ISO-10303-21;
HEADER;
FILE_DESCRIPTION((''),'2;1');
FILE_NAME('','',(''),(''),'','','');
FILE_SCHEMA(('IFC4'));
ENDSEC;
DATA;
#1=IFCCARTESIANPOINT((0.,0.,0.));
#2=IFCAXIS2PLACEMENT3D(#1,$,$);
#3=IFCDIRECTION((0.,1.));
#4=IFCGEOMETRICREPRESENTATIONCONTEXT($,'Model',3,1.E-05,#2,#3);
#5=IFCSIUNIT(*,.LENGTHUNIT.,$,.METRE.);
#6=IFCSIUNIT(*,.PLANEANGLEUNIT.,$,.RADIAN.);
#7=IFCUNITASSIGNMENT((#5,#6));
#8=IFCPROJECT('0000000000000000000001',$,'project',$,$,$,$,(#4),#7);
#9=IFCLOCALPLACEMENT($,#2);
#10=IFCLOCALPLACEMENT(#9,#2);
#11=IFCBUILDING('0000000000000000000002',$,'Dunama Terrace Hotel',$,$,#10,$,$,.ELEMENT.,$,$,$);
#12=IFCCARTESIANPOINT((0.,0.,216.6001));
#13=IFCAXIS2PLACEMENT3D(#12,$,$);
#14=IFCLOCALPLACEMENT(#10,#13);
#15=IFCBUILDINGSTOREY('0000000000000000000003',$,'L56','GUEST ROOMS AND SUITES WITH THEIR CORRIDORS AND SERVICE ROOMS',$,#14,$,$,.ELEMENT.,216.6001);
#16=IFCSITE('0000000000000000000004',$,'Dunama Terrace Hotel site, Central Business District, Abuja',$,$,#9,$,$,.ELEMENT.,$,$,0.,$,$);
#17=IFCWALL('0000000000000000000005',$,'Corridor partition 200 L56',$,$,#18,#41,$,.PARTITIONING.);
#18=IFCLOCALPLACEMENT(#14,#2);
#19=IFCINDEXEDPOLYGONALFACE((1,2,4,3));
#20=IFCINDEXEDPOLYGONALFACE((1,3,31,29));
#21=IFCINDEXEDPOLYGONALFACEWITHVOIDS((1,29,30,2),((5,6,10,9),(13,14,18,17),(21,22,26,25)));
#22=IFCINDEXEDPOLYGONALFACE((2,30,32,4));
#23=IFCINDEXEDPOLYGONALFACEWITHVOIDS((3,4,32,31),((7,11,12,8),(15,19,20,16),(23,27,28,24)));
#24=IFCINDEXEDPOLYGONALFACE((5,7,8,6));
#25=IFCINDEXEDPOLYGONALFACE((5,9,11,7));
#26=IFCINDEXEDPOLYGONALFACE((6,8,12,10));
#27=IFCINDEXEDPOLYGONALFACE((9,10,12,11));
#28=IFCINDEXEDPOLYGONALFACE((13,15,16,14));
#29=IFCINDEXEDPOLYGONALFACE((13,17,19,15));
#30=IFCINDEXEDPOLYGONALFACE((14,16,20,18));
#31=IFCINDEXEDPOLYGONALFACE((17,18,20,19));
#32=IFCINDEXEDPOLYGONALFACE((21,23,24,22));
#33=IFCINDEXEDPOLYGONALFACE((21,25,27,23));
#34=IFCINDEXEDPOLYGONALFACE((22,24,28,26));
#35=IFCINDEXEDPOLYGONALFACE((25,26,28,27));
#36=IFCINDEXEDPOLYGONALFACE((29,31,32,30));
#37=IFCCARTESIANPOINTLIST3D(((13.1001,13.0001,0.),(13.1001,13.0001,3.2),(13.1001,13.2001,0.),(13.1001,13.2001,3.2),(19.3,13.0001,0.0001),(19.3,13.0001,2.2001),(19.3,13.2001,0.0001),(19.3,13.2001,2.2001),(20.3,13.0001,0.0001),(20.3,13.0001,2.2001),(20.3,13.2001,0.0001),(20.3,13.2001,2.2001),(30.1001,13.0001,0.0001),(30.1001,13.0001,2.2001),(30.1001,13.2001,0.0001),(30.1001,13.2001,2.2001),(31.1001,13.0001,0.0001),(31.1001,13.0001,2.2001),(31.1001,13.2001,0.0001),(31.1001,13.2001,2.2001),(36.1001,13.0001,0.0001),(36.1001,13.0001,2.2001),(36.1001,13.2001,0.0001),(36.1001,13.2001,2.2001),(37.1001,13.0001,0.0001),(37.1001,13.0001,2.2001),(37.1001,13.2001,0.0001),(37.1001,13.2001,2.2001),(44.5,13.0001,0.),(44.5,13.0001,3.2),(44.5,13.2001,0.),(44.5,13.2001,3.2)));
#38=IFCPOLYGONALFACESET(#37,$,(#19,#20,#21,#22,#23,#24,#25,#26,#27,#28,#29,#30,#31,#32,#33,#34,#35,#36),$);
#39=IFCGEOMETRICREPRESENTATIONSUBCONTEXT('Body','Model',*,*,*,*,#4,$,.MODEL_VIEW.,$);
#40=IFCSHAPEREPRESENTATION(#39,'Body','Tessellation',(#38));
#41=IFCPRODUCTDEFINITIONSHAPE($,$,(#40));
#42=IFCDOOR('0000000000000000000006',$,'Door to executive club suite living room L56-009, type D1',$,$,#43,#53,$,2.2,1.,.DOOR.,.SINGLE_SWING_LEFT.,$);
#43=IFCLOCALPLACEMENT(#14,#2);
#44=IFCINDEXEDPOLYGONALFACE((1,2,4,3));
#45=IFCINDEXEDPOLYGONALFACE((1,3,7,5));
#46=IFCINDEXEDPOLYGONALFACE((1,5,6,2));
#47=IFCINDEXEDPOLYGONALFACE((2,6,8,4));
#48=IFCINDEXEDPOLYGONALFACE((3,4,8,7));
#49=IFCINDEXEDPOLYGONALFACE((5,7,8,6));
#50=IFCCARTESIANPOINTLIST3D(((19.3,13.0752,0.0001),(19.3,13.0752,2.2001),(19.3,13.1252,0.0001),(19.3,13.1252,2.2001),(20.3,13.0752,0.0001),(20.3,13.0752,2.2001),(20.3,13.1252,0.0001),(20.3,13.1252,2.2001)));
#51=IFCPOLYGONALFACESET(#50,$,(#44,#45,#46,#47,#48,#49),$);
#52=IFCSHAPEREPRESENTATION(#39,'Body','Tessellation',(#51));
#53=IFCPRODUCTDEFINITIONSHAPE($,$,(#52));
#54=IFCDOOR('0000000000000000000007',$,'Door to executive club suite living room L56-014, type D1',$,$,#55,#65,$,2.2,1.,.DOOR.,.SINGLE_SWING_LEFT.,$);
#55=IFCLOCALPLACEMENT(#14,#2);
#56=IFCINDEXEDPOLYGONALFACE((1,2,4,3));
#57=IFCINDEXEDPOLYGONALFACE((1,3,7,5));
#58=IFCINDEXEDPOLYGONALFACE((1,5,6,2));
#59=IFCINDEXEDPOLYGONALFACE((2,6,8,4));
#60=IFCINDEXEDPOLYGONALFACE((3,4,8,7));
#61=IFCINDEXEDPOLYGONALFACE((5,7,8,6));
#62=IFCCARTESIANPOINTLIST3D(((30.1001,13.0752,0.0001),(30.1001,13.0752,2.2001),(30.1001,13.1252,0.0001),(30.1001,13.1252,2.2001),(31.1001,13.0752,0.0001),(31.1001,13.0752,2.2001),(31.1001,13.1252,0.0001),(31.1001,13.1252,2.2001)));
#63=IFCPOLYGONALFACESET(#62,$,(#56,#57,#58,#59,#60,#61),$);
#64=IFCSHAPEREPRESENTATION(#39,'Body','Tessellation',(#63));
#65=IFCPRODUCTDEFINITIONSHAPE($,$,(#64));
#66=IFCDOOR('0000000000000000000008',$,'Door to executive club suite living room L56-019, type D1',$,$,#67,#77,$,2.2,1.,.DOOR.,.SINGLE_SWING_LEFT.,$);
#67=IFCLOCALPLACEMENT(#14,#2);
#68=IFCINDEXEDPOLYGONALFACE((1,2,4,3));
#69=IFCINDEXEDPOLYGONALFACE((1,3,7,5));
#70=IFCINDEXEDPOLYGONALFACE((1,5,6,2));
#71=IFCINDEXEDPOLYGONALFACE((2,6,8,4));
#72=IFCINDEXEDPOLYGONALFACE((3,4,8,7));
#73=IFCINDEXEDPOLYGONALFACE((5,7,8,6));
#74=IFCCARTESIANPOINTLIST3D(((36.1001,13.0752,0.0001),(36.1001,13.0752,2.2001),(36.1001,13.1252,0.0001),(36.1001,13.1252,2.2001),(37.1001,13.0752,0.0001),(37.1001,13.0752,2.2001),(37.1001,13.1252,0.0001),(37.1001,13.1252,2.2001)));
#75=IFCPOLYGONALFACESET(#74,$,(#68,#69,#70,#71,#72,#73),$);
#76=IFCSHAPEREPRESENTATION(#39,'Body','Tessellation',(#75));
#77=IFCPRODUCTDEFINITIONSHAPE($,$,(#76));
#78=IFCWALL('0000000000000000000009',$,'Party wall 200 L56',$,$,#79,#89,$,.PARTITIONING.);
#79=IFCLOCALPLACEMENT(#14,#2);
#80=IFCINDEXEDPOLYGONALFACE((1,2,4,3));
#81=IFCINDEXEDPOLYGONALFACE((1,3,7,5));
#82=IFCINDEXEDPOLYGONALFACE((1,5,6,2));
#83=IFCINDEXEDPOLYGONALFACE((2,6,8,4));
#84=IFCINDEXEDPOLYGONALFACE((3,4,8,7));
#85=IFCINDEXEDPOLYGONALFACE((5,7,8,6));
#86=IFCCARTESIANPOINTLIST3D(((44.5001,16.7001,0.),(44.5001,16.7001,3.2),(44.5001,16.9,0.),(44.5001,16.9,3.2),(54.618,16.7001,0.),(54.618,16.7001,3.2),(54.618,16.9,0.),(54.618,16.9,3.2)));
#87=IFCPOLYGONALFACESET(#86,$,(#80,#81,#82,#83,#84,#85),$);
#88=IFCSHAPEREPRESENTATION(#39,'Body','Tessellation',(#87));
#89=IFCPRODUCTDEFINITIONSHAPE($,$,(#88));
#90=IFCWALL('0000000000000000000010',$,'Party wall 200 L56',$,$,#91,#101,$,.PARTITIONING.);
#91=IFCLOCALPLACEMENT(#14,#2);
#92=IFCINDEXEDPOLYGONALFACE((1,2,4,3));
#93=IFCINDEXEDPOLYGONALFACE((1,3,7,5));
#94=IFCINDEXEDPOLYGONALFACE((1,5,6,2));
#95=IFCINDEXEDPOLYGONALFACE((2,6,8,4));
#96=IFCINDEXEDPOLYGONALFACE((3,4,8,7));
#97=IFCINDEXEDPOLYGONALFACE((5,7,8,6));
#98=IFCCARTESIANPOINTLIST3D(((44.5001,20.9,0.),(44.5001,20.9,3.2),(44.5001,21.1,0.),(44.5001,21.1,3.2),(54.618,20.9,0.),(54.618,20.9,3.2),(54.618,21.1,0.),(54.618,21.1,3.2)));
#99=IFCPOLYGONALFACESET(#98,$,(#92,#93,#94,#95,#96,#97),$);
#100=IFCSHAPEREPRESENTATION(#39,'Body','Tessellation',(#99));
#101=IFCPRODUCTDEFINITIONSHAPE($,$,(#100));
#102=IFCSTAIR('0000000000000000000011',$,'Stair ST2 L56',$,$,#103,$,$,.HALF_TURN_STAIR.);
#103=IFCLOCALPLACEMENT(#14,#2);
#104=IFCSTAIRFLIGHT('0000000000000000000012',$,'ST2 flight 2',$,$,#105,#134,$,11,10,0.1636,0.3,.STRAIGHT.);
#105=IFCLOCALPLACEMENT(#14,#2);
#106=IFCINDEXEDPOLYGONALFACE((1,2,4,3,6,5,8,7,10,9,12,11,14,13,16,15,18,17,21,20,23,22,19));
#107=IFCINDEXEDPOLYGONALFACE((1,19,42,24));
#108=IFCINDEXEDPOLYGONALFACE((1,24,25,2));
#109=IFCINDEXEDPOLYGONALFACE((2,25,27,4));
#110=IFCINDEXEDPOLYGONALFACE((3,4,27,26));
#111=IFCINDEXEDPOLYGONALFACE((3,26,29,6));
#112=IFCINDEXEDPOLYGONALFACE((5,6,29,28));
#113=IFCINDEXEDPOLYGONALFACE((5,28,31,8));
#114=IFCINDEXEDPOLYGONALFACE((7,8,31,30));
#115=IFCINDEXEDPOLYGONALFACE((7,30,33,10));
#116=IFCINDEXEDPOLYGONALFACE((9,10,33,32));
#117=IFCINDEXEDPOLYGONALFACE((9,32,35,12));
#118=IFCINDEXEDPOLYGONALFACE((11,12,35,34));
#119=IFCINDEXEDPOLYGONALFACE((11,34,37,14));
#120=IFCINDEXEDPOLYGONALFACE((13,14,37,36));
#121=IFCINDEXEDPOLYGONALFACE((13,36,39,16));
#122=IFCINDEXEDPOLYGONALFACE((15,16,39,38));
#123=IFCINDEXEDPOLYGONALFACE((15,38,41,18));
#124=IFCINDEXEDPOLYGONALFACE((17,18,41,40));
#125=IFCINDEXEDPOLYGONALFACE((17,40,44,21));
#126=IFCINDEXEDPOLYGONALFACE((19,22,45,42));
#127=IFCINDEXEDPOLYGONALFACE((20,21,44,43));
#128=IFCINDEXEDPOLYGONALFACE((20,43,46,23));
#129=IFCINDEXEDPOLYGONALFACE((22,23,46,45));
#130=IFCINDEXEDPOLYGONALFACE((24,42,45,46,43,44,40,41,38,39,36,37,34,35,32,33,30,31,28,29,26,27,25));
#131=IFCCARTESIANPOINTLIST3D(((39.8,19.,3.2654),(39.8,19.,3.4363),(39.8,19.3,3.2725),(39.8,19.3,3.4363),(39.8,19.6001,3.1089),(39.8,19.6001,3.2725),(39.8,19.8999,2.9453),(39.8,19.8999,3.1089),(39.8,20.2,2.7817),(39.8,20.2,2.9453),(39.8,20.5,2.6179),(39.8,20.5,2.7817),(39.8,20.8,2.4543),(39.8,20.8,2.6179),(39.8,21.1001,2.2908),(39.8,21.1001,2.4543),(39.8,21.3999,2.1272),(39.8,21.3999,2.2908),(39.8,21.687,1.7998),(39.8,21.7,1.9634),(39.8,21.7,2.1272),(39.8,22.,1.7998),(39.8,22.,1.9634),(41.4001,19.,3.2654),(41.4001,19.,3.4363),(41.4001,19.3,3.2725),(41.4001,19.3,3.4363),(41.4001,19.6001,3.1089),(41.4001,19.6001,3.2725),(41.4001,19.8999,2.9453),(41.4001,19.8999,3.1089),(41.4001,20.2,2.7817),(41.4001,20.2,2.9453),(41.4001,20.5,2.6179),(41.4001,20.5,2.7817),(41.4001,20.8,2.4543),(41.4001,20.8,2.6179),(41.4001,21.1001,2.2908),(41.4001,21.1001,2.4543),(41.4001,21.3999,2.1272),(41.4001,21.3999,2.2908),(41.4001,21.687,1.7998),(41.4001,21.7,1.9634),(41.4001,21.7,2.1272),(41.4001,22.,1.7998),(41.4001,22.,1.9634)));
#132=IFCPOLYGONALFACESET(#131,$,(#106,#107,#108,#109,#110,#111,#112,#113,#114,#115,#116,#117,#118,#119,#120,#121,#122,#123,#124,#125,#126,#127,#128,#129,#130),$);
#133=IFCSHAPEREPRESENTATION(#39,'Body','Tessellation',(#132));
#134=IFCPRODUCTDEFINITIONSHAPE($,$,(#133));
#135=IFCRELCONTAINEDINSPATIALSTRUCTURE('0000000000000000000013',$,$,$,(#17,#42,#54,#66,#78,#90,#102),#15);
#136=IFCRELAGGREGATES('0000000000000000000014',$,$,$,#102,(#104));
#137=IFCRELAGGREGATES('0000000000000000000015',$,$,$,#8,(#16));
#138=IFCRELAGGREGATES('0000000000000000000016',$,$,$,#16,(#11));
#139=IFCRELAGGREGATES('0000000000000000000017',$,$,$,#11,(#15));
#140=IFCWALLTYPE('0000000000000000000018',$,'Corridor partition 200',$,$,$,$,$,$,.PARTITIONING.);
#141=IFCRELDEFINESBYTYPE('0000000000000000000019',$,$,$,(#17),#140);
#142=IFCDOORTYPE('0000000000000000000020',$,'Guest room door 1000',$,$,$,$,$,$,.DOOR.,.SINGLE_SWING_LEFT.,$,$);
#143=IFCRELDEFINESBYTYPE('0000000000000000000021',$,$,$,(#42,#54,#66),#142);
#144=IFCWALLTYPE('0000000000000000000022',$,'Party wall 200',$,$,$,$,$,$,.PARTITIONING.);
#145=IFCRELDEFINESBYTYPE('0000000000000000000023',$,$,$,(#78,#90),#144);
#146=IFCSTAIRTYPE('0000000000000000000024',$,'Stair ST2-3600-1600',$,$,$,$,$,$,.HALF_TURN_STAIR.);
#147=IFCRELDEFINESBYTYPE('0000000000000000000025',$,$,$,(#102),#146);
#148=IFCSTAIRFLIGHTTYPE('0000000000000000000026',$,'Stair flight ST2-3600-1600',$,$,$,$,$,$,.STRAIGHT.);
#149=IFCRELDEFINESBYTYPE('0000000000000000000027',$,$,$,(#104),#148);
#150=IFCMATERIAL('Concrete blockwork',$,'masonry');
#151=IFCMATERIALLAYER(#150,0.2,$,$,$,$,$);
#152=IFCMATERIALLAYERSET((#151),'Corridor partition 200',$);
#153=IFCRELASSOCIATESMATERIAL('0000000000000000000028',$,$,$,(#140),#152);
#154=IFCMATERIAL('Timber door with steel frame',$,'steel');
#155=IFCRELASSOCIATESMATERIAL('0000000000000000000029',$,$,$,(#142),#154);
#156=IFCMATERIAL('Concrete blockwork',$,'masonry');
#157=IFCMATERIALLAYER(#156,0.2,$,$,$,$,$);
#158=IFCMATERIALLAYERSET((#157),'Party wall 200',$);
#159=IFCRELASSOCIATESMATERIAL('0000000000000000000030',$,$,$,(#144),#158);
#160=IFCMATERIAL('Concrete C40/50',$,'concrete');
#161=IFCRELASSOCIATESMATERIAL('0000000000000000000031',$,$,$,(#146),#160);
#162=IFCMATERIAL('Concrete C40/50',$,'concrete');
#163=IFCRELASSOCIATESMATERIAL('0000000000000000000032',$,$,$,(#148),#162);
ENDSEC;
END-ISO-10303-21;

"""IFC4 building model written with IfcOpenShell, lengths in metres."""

from ifc_helpers import new_model, si_unit, direction, frame, frame_2d, origin, place, context, subcontext, project, spatial, polyline, rectangle, outline, extrude, material, layer, layer_set, type_object, element, fill, aggregate, save


model = new_model("IFC4")

# Units and contexts
model_context = context("Model", 3, precision=1e-05, world=origin(), true_north=direction((0.0, 1.0)))
body_context = subcontext(model_context, "Body", "Model", "MODEL_VIEW")
ifc_project = project(units=[si_unit("LENGTHUNIT", "METRE"), si_unit("PLANEANGLEUNIT", "RADIAN")], contexts=[model_context])

# Site, building, storey
site_placement = place(None, origin())
site = spatial("IfcSite", under=ifc_project, at=site_placement, Name="Dunama Terrace Hotel site, Central Business District, Abuja", CompositionType="ELEMENT", RefElevation=0.0)
building_placement = place(site_placement, origin())
building = spatial("IfcBuilding", under=site, at=building_placement, Name="Dunama Terrace Hotel", CompositionType="ELEMENT")
storey_placement = place(building_placement, frame((0.0, 0.0, 216.6001)))
storey = spatial("IfcBuildingStorey", under=building, at=storey_placement, Name="L56", Description="GUEST ROOMS AND SUITES WITH THEIR CORRIDORS AND SERVICE ROOMS", CompositionType="ELEMENT", Elevation=216.6001)

# Wall, openings, doors
ifc_material_1 = material(Name="Concrete blockwork", Category="masonry")
ifc_layer_1 = layer(ifc_material_1, 0.2)
ifc_layer_set_1 = layer_set([ifc_layer_1], Name="Corridor partition 200")
wall_type_1 = type_object("IfcWallType", Name="Corridor partition 200", PredefinedType="PARTITIONING", material=ifc_layer_set_1)
wall_1_placement = place(storey_placement, frame((44.5, 13.1001, 0.0), z_axis=(0.0, 0.0, 1.0), x_axis=(-1.0, 0.0, 0.0)))
wall_1 = element("IfcWall", 1, at=wall_1_placement, inside=storey, type_object=wall_type_1, Name="Corridor partition 200 L56", PredefinedType="PARTITIONING", context=body_context, shape_type="SweptSolid", body=[
    extrude(rectangle(XDim=31.3999, YDim=0.2, at=frame_2d((15.7, 0.0))), origin(), (0.0, 0.0, 1.0), 3.2),
])
opening_1_placement = place(wall_1_placement, frame((24.2, 0.0, 0.0)))
opening_1 = element("IfcOpeningElement", 2, at=opening_1_placement, cuts=wall_1, PredefinedType="OPENING", context=body_context, shape_type="SweptSolid", body=[
    extrude(rectangle(XDim=1.0, YDim=2.2, at=frame_2d((0.5, 1.1001))), frame((0.0, 0.1099, 0.0), z_axis=(0.0, -1.0, 0.0), x_axis=(1.0, 0.0, 0.0)), (0.0, 0.0, 1.0), 0.22),
])
opening_2_placement = place(wall_1_placement, frame((13.3999, 0.0, 0.0)))
opening_2 = element("IfcOpeningElement", 3, at=opening_2_placement, cuts=wall_1, PredefinedType="OPENING", context=body_context, shape_type="SweptSolid", body=[
    extrude(rectangle(XDim=1.0, YDim=2.2, at=frame_2d((0.5, 1.1001))), frame((0.0, 0.1099, 0.0), z_axis=(0.0, -1.0, 0.0), x_axis=(1.0, 0.0, 0.0)), (0.0, 0.0, 1.0), 0.22),
])
opening_3_placement = place(wall_1_placement, frame((7.3999, 0.0, 0.0)))
opening_3 = element("IfcOpeningElement", 4, at=opening_3_placement, cuts=wall_1, PredefinedType="OPENING", context=body_context, shape_type="SweptSolid", body=[
    extrude(rectangle(XDim=1.0, YDim=2.2, at=frame_2d((0.5, 1.1001))), frame((0.0, 0.1099, 0.0), z_axis=(0.0, -1.0, 0.0), x_axis=(1.0, 0.0, 0.0)), (0.0, 0.0, 1.0), 0.22),
])
ifc_material_2 = material(Name="Timber door with steel frame", Category="steel")
door_type_1 = type_object("IfcDoorType", Name="Guest room door 1000", OperationType="SINGLE_SWING_LEFT", PredefinedType="DOOR", material=ifc_material_2)
door_1_placement = place(opening_1_placement, origin())
door_1 = element("IfcDoor", 5, at=door_1_placement, inside=storey, type_object=door_type_1, Name="Door to executive club suite living room L56-009, type D1", OperationType="SINGLE_SWING_LEFT", OverallHeight=2.2, OverallWidth=1.0, PredefinedType="DOOR", context=body_context, shape_type="SweptSolid", body=[
    extrude(rectangle(XDim=1.0, YDim=2.2, at=frame_2d((0.5, 1.1001))), frame((0.0, 0.0249, 0.0), z_axis=(0.0, -1.0, 0.0), x_axis=(1.0, 0.0, 0.0)), (0.0, 0.0, 1.0), 0.05),
])
fill(opening_1, door_1)
door_2_placement = place(opening_2_placement, origin())
door_2 = element("IfcDoor", 6, at=door_2_placement, inside=storey, type_object=door_type_1, Name="Door to executive club suite living room L56-014, type D1", OperationType="SINGLE_SWING_LEFT", OverallHeight=2.2, OverallWidth=1.0, PredefinedType="DOOR", context=body_context, shape_type="SweptSolid", body=[
    extrude(rectangle(XDim=1.0, YDim=2.2, at=frame_2d((0.5, 1.1001))), frame((0.0, 0.0249, 0.0), z_axis=(0.0, -1.0, 0.0), x_axis=(1.0, 0.0, 0.0)), (0.0, 0.0, 1.0), 0.05),
])
fill(opening_2, door_2)
door_3_placement = place(opening_3_placement, origin())
door_3 = element("IfcDoor", 7, at=door_3_placement, inside=storey, type_object=door_type_1, Name="Door to executive club suite living room L56-019, type D1", OperationType="SINGLE_SWING_LEFT", OverallHeight=2.2, OverallWidth=1.0, PredefinedType="DOOR", context=body_context, shape_type="SweptSolid", body=[
    extrude(rectangle(XDim=1.0, YDim=2.2, at=frame_2d((0.5, 1.1001))), frame((0.0, 0.0249, 0.0), z_axis=(0.0, -1.0, 0.0), x_axis=(1.0, 0.0, 0.0)), (0.0, 0.0, 1.0), 0.05),
])
fill(opening_3, door_3)

# Walls
ifc_material_3 = material(Name="Concrete blockwork", Category="masonry")
ifc_layer_2 = layer(ifc_material_3, 0.2)
ifc_layer_set_2 = layer_set([ifc_layer_2], Name="Party wall 200")
wall_type_2 = type_object("IfcWallType", Name="Party wall 200", PredefinedType="PARTITIONING", material=ifc_layer_set_2)
for number, where, z_axis, x_axis, name in (
    (8, (44.5, 16.8, 0.0), (0.0, 0.0, 1.0), (1.0, 0.0, 0.0), "Party wall 200 L56"),
    (9, (44.5, 21.0, 0.0), (0.0, 0.0, 1.0), (1.0, 0.0, 0.0), "Party wall 200 L56"),
):
    element("IfcWall", number, at=place(storey_placement, frame(where, z_axis=z_axis, x_axis=x_axis)), inside=storey, type_object=wall_type_2, Name=name, PredefinedType="PARTITIONING", context=body_context, shape_type="SweptSolid", body=[
        extrude(rectangle(XDim=10.1179, YDim=0.2, at=frame_2d((5.0591, 0.0))), origin(), (0.0, 0.0, 1.0), 3.2),
    ])

# Stair, stair flight
ifc_material_4 = material(Name="Concrete C40/50", Category="concrete")
stair_type = type_object("IfcStairType", Name="Stair ST2-3600-1600", PredefinedType="HALF_TURN_STAIR", material=ifc_material_4)
stair_placement = place(storey_placement, origin())
stair = element("IfcStair", 10, at=stair_placement, inside=storey, type_object=stair_type, Name="Stair ST2 L56", PredefinedType="HALF_TURN_STAIR")
ifc_material_5 = material(Name="Concrete C40/50", Category="concrete")
stair_flight_type = type_object("IfcStairFlightType", Name="Stair flight ST2-3600-1600", PredefinedType="STRAIGHT", material=ifc_material_5)
stair_flight_placement = place(storey_placement, frame((40.6001, 22.0, 1.7998), z_axis=(0.0, 0.0, 1.0), x_axis=(0.0, -1.0, 0.0)))
stair_flight = element("IfcStairFlight", 11, at=stair_flight_placement, type_object=stair_flight_type, Name="ST2 flight 2", NumberOfRisers=11, NumberOfTreads=10, PredefinedType="STRAIGHT", RiserHeight=0.1636, TreadLength=0.3, context=body_context, shape_type="SweptSolid", body=[
    extrude(outline(polyline([(0.0, 0.0), (0.0, 0.1636), (0.3, 0.1636), (0.3, 0.3274), (0.6001, 0.3274), (0.6001, 0.491), (0.8999, 0.491), (0.8999, 0.6545), (1.2, 0.6545), (1.2, 0.8181), (1.5, 0.8181), (1.5, 0.9819), (1.8, 0.9819), (1.8, 1.1455), (2.1001, 1.1455), (2.1001, 1.3091), (2.3999, 1.3091), (2.3999, 1.4727), (2.7, 1.4727), (2.7, 1.6365), (3.0, 1.6365), (3.0, 1.8), (3.0, 1.4656), (0.313, 0.0), (0.0, 0.0)])), frame((0.0, 0.8, 0.0), z_axis=(0.0, -1.0, 0.0), x_axis=(1.0, 0.0, 0.0)), (0.0, 0.0, 1.0), 1.6001),
])
aggregate(stair, [stair_flight])

save(model, "model.ifc")
